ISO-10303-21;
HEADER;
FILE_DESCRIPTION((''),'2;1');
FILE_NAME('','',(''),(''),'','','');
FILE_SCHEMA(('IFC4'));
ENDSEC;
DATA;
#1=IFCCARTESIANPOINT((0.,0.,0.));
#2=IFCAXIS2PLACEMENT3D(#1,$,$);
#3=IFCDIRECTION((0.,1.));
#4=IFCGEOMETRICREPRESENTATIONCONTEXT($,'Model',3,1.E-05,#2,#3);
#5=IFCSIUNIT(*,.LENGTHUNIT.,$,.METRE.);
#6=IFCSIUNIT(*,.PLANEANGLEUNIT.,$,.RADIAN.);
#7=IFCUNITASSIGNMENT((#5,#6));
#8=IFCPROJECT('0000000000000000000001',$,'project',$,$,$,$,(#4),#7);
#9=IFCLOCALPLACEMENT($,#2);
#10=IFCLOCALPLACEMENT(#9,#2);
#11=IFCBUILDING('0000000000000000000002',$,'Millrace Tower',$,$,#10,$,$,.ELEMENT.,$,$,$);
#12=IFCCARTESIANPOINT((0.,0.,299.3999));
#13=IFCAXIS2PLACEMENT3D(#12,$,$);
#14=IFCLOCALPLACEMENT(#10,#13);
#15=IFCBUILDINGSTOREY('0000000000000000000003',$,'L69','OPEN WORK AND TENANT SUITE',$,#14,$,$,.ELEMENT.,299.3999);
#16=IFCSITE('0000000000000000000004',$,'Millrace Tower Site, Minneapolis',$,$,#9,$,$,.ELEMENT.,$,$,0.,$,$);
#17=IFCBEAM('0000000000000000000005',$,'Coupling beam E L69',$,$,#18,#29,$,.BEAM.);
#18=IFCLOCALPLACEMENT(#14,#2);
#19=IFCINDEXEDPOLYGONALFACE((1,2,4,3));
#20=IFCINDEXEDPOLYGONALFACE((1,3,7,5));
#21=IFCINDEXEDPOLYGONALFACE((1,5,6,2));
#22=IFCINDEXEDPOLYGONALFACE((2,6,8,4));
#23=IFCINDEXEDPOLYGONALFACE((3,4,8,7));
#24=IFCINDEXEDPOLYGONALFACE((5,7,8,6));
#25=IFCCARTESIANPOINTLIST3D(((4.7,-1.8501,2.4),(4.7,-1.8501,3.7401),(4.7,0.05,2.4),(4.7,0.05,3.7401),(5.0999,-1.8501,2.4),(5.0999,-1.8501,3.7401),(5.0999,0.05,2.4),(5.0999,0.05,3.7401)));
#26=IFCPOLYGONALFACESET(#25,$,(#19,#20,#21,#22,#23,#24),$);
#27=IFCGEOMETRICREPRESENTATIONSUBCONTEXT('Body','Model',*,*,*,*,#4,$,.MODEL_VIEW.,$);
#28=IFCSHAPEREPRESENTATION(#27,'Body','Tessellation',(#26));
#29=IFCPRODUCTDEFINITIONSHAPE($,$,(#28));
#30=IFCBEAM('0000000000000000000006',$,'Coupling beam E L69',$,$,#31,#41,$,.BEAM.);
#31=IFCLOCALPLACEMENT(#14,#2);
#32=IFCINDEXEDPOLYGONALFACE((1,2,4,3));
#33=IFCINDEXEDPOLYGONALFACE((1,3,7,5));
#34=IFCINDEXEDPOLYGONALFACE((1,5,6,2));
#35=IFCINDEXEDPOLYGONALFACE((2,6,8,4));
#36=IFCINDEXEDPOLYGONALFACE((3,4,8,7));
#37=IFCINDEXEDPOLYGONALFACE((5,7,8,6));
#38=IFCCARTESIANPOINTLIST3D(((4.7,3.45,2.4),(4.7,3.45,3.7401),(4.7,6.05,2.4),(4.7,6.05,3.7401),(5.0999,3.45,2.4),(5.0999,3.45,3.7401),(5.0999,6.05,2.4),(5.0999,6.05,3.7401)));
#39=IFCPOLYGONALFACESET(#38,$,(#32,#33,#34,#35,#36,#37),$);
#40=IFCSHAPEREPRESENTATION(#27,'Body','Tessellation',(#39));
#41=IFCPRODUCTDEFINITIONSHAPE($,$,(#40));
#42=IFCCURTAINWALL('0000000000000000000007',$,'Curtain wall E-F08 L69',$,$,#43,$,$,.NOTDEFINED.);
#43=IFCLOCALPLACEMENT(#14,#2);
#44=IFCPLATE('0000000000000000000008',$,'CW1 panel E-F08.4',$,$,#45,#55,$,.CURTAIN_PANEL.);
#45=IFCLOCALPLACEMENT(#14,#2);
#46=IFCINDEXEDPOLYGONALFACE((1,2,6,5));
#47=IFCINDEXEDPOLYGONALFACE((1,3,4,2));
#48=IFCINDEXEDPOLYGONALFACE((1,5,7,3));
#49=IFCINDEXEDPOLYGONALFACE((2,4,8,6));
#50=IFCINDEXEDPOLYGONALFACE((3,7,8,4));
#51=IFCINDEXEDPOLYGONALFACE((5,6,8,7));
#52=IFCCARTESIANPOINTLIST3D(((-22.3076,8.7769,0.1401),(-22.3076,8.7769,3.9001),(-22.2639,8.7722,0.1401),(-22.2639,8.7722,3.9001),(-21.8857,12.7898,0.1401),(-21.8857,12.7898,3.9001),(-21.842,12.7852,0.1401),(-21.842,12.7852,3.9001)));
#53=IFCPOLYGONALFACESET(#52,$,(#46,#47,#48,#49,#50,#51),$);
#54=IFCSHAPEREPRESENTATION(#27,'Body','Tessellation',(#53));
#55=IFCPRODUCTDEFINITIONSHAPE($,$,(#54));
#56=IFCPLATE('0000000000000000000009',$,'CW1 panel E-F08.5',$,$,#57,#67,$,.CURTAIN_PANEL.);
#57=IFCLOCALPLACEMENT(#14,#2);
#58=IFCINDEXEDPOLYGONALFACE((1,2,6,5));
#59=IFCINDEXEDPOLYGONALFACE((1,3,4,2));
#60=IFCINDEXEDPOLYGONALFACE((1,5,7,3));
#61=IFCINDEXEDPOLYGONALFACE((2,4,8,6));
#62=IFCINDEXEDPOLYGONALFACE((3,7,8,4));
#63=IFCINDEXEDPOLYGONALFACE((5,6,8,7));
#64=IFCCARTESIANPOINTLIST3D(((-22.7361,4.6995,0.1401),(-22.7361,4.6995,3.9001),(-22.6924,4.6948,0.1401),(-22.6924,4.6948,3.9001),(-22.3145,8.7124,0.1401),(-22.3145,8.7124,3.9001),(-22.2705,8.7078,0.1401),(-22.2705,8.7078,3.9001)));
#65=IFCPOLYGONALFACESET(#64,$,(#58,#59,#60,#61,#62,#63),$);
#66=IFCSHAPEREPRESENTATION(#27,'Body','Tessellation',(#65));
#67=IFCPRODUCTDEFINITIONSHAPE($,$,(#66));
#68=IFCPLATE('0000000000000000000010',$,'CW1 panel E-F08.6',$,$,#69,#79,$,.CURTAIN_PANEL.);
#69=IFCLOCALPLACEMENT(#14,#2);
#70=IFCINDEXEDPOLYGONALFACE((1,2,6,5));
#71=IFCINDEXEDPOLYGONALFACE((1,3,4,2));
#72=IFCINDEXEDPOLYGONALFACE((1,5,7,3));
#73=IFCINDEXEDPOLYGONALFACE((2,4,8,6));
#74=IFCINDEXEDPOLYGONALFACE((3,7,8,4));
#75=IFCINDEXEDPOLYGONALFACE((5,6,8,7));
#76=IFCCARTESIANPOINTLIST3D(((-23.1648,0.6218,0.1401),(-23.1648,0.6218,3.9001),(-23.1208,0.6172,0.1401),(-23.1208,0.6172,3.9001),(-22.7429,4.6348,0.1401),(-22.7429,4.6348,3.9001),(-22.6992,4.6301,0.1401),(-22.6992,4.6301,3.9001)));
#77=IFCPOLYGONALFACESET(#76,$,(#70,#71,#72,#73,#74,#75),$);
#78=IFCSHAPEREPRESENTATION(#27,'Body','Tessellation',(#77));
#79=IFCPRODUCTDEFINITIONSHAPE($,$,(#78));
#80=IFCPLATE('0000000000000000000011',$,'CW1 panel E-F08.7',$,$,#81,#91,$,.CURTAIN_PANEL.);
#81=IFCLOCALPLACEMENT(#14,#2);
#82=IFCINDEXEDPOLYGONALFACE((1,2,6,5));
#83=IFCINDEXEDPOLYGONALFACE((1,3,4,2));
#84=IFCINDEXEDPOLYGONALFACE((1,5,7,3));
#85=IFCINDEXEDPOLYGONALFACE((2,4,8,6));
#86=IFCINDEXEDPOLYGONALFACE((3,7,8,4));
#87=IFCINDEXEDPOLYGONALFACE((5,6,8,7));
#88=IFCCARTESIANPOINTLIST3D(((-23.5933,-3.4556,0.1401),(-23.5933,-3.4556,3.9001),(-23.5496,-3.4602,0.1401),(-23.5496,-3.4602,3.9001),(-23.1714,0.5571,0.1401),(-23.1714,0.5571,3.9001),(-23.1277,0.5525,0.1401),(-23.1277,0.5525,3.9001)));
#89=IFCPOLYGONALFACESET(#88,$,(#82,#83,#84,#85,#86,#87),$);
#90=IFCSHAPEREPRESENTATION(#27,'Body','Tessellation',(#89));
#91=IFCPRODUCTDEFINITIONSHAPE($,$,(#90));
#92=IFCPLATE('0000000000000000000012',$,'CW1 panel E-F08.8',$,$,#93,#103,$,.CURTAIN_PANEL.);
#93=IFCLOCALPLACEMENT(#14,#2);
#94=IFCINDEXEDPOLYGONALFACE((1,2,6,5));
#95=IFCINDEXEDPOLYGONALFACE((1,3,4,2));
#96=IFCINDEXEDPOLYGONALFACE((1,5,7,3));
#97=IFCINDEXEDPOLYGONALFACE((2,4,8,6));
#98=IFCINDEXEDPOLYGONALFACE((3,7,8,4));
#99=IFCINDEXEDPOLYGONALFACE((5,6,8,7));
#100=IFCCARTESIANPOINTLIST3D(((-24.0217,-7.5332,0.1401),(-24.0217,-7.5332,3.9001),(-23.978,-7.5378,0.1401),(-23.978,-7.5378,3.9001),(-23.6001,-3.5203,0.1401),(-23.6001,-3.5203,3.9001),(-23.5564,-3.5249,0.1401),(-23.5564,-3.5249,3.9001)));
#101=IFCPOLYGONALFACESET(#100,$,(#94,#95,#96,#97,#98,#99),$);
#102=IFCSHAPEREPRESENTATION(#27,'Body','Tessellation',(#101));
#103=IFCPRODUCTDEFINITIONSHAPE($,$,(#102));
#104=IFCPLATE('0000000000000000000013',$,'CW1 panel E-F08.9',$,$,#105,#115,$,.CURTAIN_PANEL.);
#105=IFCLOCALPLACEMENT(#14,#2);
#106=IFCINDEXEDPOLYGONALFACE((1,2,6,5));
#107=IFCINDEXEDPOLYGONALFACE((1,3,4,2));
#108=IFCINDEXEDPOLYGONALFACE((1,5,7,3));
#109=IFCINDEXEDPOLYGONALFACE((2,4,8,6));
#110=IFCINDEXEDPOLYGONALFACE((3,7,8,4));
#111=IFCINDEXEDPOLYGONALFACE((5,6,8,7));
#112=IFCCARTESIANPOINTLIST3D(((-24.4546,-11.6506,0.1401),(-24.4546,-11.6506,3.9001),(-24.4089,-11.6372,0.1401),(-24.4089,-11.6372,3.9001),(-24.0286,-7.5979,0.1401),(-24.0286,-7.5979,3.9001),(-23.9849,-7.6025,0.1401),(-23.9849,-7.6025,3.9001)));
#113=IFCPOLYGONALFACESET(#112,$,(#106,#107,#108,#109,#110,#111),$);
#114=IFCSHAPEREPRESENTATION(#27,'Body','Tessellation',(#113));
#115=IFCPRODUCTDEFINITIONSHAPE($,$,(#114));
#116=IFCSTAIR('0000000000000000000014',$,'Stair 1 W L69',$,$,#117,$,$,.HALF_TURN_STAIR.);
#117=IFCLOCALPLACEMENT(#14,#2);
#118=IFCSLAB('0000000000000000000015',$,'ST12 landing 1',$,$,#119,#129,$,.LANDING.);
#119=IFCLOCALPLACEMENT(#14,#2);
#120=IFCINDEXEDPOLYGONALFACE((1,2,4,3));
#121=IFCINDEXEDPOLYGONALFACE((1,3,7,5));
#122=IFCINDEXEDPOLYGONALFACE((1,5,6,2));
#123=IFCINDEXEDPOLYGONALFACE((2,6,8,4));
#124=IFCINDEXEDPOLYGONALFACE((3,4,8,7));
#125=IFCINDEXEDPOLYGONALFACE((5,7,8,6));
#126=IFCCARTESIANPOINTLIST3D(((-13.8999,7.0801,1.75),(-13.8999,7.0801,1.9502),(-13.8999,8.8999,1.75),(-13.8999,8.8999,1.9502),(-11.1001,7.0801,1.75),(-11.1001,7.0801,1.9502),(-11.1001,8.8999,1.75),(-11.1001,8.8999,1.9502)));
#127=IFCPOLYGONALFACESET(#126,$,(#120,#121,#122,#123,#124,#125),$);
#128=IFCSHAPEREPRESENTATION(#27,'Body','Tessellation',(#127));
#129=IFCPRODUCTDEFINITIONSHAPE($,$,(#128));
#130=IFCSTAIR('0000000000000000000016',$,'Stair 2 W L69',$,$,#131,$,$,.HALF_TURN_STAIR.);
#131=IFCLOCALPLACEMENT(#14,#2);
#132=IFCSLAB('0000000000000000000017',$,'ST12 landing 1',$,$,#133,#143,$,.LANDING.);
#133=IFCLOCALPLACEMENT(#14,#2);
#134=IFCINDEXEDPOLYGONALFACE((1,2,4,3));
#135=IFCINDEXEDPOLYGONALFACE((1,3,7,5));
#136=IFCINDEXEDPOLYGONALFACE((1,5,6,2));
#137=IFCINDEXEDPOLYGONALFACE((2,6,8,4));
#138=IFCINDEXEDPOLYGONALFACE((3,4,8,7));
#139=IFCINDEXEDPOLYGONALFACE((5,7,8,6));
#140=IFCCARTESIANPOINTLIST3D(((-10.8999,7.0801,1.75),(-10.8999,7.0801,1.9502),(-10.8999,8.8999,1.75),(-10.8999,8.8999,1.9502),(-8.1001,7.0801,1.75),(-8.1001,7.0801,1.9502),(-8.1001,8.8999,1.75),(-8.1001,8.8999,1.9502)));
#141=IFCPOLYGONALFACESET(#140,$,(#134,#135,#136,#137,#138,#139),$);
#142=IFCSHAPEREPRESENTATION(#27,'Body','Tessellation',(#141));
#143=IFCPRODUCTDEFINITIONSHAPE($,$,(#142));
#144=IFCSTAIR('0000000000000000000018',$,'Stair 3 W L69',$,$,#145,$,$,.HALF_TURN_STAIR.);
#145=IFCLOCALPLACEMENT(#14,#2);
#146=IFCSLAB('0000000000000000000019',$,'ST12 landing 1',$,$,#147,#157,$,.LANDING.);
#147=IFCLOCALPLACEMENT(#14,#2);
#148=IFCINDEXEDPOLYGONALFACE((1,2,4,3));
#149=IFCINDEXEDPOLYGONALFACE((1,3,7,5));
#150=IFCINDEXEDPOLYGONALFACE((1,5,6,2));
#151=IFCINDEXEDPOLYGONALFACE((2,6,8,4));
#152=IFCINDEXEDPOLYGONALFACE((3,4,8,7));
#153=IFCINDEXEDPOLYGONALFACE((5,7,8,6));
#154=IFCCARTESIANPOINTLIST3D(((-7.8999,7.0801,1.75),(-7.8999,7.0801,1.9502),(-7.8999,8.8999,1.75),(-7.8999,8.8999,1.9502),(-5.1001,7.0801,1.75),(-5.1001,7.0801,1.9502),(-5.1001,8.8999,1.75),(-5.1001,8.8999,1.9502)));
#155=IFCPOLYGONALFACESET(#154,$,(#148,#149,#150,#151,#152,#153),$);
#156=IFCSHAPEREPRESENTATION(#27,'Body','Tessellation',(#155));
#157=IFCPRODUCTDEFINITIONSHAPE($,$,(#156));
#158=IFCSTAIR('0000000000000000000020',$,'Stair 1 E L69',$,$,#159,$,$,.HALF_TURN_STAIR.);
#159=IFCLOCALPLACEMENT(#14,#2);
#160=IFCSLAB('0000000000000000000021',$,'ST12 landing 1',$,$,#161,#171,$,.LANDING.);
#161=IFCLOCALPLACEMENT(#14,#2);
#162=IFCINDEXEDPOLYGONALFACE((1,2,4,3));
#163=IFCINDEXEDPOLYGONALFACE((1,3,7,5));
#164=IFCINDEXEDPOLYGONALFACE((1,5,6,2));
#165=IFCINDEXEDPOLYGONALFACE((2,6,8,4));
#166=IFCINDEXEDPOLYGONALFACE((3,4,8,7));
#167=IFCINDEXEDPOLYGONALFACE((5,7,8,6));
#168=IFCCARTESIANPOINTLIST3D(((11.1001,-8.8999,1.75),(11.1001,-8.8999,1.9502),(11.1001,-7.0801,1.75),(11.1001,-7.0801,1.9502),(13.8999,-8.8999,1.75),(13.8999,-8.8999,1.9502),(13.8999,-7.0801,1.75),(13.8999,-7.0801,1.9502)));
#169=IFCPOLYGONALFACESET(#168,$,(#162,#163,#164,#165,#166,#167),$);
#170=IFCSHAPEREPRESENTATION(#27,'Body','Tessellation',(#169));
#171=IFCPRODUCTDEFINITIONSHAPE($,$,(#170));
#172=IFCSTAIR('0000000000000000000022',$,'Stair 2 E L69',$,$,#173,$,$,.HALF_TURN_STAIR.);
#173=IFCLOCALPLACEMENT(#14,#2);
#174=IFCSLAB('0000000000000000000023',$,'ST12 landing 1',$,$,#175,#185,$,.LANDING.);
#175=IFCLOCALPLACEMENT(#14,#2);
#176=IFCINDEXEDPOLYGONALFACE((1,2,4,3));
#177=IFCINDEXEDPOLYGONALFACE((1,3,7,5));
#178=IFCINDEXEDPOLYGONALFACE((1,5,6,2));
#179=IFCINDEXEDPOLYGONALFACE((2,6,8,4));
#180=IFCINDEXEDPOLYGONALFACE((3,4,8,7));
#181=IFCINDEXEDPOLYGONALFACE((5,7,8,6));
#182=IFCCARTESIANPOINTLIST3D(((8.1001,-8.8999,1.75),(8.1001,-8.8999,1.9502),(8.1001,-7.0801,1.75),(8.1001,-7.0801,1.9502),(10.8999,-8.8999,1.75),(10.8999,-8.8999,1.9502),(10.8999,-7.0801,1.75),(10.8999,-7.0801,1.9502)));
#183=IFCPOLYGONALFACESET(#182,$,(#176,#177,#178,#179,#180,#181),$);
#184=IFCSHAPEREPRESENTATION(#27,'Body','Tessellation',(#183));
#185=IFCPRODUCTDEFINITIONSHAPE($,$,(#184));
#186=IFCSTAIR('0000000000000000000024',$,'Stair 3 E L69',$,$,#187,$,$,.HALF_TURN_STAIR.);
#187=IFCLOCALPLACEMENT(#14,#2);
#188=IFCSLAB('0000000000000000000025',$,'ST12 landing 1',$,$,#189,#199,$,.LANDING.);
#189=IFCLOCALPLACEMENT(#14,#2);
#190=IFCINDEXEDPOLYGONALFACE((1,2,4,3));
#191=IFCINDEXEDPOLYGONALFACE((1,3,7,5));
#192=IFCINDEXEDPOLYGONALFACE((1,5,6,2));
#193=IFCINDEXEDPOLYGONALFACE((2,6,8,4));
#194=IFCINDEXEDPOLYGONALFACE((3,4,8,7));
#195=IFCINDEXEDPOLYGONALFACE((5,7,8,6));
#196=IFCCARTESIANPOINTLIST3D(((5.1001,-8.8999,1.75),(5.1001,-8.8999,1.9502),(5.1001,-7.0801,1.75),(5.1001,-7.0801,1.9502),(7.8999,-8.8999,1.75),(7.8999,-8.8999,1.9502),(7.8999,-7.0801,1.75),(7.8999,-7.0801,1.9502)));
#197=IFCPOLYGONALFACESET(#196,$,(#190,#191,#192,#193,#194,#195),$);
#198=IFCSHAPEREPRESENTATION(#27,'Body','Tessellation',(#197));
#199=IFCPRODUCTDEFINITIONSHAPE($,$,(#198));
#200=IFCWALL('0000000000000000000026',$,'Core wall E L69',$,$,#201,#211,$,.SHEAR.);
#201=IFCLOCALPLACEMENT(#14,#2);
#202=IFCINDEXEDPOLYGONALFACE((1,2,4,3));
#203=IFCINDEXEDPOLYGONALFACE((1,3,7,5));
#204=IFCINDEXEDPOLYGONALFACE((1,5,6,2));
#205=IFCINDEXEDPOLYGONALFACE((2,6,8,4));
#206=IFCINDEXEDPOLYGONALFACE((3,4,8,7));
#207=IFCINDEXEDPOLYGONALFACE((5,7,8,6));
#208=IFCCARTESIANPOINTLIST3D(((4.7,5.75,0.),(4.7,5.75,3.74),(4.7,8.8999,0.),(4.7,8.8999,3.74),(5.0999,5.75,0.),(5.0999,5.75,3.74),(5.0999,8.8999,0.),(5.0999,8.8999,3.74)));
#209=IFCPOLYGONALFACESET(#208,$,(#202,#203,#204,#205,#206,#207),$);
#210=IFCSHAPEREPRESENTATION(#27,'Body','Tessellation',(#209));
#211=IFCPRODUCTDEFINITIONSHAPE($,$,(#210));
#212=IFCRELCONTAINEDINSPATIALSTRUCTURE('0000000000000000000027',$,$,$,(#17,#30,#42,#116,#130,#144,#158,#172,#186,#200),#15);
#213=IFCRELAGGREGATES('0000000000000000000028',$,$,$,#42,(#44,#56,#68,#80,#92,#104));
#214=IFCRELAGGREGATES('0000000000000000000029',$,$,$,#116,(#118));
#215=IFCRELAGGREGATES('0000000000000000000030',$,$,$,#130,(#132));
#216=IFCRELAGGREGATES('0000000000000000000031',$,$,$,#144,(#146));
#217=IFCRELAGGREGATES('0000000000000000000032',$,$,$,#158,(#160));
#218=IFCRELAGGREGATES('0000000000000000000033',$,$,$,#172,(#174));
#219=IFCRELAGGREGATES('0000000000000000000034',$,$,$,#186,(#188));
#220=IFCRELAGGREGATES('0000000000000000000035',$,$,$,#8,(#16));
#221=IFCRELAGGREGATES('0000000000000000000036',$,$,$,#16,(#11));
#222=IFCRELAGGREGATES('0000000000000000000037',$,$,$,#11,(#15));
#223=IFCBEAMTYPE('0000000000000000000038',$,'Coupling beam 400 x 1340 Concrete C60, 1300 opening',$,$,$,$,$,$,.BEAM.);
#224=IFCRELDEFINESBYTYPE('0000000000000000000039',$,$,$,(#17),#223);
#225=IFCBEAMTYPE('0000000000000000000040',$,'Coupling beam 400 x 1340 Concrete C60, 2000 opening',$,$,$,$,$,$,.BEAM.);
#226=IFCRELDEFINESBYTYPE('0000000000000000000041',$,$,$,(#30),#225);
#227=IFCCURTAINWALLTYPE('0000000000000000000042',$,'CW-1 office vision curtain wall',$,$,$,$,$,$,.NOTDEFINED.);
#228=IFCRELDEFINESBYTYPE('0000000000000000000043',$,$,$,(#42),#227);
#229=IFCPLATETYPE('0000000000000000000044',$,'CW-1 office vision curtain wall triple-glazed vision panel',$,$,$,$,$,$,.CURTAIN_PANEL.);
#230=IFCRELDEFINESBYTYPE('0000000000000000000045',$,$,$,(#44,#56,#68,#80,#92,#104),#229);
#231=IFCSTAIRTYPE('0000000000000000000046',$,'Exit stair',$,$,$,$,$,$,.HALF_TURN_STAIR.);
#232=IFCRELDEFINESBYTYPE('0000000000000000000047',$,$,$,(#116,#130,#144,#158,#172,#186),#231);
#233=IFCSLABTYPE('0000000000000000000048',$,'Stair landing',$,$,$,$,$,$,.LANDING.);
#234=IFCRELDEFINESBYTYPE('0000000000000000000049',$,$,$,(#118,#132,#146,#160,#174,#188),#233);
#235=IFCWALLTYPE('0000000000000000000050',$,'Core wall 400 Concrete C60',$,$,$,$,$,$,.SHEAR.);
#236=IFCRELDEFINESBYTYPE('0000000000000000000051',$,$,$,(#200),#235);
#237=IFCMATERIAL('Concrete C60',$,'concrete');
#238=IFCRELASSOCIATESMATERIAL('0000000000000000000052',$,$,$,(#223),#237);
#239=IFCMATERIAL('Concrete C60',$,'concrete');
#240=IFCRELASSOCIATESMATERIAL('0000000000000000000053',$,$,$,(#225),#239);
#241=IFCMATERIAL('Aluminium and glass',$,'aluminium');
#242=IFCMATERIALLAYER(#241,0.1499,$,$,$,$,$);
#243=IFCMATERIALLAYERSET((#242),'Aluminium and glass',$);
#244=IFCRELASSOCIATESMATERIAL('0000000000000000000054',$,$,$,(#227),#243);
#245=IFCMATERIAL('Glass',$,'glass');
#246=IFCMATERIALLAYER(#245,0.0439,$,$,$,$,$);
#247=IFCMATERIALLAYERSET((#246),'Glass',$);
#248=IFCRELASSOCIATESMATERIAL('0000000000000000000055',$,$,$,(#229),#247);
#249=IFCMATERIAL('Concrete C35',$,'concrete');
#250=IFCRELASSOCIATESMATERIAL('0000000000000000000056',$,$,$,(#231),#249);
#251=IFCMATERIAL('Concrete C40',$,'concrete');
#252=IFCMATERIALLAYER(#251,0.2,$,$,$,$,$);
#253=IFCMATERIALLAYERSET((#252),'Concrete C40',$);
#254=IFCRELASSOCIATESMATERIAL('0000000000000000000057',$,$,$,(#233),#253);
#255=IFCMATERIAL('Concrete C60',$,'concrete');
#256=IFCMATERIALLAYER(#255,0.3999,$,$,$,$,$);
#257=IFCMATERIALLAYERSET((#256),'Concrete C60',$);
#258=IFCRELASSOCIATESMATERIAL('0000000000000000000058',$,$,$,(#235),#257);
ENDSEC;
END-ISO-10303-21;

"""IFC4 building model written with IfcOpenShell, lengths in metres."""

from ifc_helpers import new_model, si_unit, direction, frame, frame_2d, origin, origin_2d, place, context, subcontext, project, spatial, polyline, rectangle, outline, extrude, material, layer, layer_set, material_profile, profile_set, type_object, element, aggregate, save


model = new_model("IFC4")

# Units and contexts
model_context = context("Model", 3, precision=1e-05, world=origin(), true_north=direction((0.0, 1.0)))
body_context = subcontext(model_context, "Body", "Model", "MODEL_VIEW")
ifc_project = project(units=[si_unit("LENGTHUNIT", "METRE"), si_unit("PLANEANGLEUNIT", "RADIAN")], contexts=[model_context])

# Site, building, storey
site_placement = place(None, origin())
site = spatial("IfcSite", under=ifc_project, at=site_placement, Name="Millrace Tower Site, Minneapolis", CompositionType="ELEMENT", RefElevation=0.0)
building_placement = place(site_placement, origin())
building = spatial("IfcBuilding", under=site, at=building_placement, Name="Millrace Tower", CompositionType="ELEMENT")
storey_placement = place(building_placement, frame((0.0, 0.0, 299.3999)))
storey = spatial("IfcBuildingStorey", under=building, at=storey_placement, Name="L69", Description="OPEN WORK AND TENANT SUITE", CompositionType="ELEMENT", Elevation=299.3999)

# Beams
ifc_material_1 = material(Name="Concrete C60", Category="concrete")
ifc_material_profile_1 = material_profile(ifc_material_1, rectangle(XDim=0.3999, YDim=1.3401, at=origin_2d()))
ifc_profile_set_1 = profile_set([ifc_material_profile_1], Name="Concrete C60")
beam_type_1 = type_object("IfcBeamType", Name="Coupling beam 400 x 1340 Concrete C60, 1300 opening", PredefinedType="BEAM", material=ifc_profile_set_1)
beam_1_placement = place(storey_placement, frame((4.8999, 0.05, 3.0701), z_axis=(0.0, -1.0, 0.0), x_axis=(1.0, 0.0, 0.0)))
element("IfcBeam", 1, at=beam_1_placement, inside=storey, type_object=beam_type_1, Name="Coupling beam E L69", PredefinedType="BEAM", context=body_context, shape_type="SweptSolid", body=[
    extrude(rectangle(XDim=0.3999, YDim=1.3401, at=origin_2d()), origin(), (0.0, 0.0, 1.0), 1.9001),
])
ifc_material_2 = material(Name="Concrete C60", Category="concrete")
ifc_material_profile_2 = material_profile(ifc_material_2, rectangle(XDim=0.3999, YDim=1.3401, at=origin_2d()))
ifc_profile_set_2 = profile_set([ifc_material_profile_2], Name="Concrete C60")
beam_type_2 = type_object("IfcBeamType", Name="Coupling beam 400 x 1340 Concrete C60, 2000 opening", PredefinedType="BEAM", material=ifc_profile_set_2)
beam_2_placement = place(storey_placement, frame((4.8999, 6.05, 3.0701), z_axis=(0.0, -1.0, 0.0), x_axis=(1.0, 0.0, 0.0)))
element("IfcBeam", 2, at=beam_2_placement, inside=storey, type_object=beam_type_2, Name="Coupling beam E L69", PredefinedType="BEAM", context=body_context, shape_type="SweptSolid", body=[
    extrude(rectangle(XDim=0.3999, YDim=1.3401, at=origin_2d()), origin(), (0.0, 0.0, 1.0), 2.6001),
])

# Curtain wall, plates
ifc_material_3 = material(Name="Aluminium and glass", Category="aluminium")
ifc_layer_1 = layer(ifc_material_3, 0.1499)
ifc_layer_set_1 = layer_set([ifc_layer_1], Name="Aluminium and glass")
curtain_wall_type = type_object("IfcCurtainWallType", Name="CW-1 office vision curtain wall", PredefinedType="NOTDEFINED", material=ifc_layer_set_1)
placement_1 = place(storey_placement, origin())
curtain_wall = element("IfcCurtainWall", 3, at=placement_1, inside=storey, type_object=curtain_wall_type, Name="Curtain wall E-F08 L69", PredefinedType="NOTDEFINED")
ifc_material_4 = material(Name="Glass", Category="glass")
ifc_layer_2 = layer(ifc_material_4, 0.0439)
ifc_layer_set_2 = layer_set([ifc_layer_2], Name="Glass")
plate_type = type_object("IfcPlateType", Name="CW-1 office vision curtain wall triple-glazed vision panel", PredefinedType="CURTAIN_PANEL", material=ifc_layer_set_2)
placement_2 = place(storey_placement, frame((0.0, 0.0, 0.1401)))
plate_1 = element("IfcPlate", 4, at=placement_2, type_object=plate_type, Name="CW1 panel E-F08.4", PredefinedType="CURTAIN_PANEL", context=body_context, shape_type="SweptSolid", body=[
    extrude(outline(polyline([(-21.8857, 12.7898), (-22.3076, 8.7769), (-22.2639, 8.7722), (-21.842, 12.7852), (-21.8857, 12.7898)])), origin(), (0.0, 0.0, 1.0), 3.76),
])
plate_2 = element("IfcPlate", 5, at=placement_2, type_object=plate_type, Name="CW1 panel E-F08.5", PredefinedType="CURTAIN_PANEL", context=body_context, shape_type="SweptSolid", body=[
    extrude(outline(polyline([(-22.3145, 8.7124), (-22.7361, 4.6995), (-22.6924, 4.6948), (-22.2705, 8.7078), (-22.3145, 8.7124)])), origin(), (0.0, 0.0, 1.0), 3.76),
])
plate_3 = element("IfcPlate", 6, at=placement_2, type_object=plate_type, Name="CW1 panel E-F08.6", PredefinedType="CURTAIN_PANEL", context=body_context, shape_type="SweptSolid", body=[
    extrude(outline(polyline([(-22.7429, 4.6348), (-23.1648, 0.6218), (-23.1208, 0.6172), (-22.6992, 4.6301), (-22.7429, 4.6348)])), origin(), (0.0, 0.0, 1.0), 3.76),
])
plate_4 = element("IfcPlate", 7, at=placement_2, type_object=plate_type, Name="CW1 panel E-F08.7", PredefinedType="CURTAIN_PANEL", context=body_context, shape_type="SweptSolid", body=[
    extrude(outline(polyline([(-23.1714, 0.5571), (-23.5933, -3.4556), (-23.5496, -3.4602), (-23.1277, 0.5525), (-23.1714, 0.5571)])), origin(), (0.0, 0.0, 1.0), 3.76),
])
plate_5 = element("IfcPlate", 8, at=placement_2, type_object=plate_type, Name="CW1 panel E-F08.8", PredefinedType="CURTAIN_PANEL", context=body_context, shape_type="SweptSolid", body=[
    extrude(outline(polyline([(-23.6001, -3.5203), (-24.0217, -7.5332), (-23.978, -7.5378), (-23.5564, -3.5249), (-23.6001, -3.5203)])), origin(), (0.0, 0.0, 1.0), 3.76),
])
plate_6 = element("IfcPlate", 9, at=placement_2, type_object=plate_type, Name="CW1 panel E-F08.9", PredefinedType="CURTAIN_PANEL", context=body_context, shape_type="SweptSolid", body=[
    extrude(outline(polyline([(-24.0286, -7.5979), (-24.4546, -11.6506), (-24.4089, -11.6372), (-23.9849, -7.6025), (-24.0286, -7.5979)])), origin(), (0.0, 0.0, 1.0), 3.76),
])
aggregate(curtain_wall, [plate_1, plate_2, plate_3, plate_4, plate_5, plate_6])

# Stairs, slabs
ifc_material_5 = material(Name="Concrete C35", Category="concrete")
stair_type = type_object("IfcStairType", Name="Exit stair", PredefinedType="HALF_TURN_STAIR", material=ifc_material_5)
stair_1 = element("IfcStair", 10, at=placement_1, inside=storey, type_object=stair_type, Name="Stair 1 W L69", PredefinedType="HALF_TURN_STAIR")
ifc_material_6 = material(Name="Concrete C40", Category="concrete")
ifc_layer_3 = layer(ifc_material_6, 0.2)
ifc_layer_set_3 = layer_set([ifc_layer_3], Name="Concrete C40")
slab_type = type_object("IfcSlabType", Name="Stair landing", PredefinedType="LANDING", material=ifc_layer_set_3)
placement_3 = place(storey_placement, frame((0.0, 0.0, 1.75)))
slab_1 = element("IfcSlab", 11, at=placement_3, type_object=slab_type, Name="ST12 landing 1", PredefinedType="LANDING", context=body_context, shape_type="SweptSolid", body=[
    extrude(outline(polyline([(-13.8999, 7.0801), (-11.1001, 7.0801), (-11.1001, 8.8999), (-13.8999, 8.8999), (-13.8999, 7.0801)])), origin(), (0.0, 0.0, 1.0), 0.2002),
])
aggregate(stair_1, [slab_1])
stair_2 = element("IfcStair", 12, at=placement_1, inside=storey, type_object=stair_type, Name="Stair 2 W L69", PredefinedType="HALF_TURN_STAIR")
slab_2 = element("IfcSlab", 13, at=placement_3, type_object=slab_type, Name="ST12 landing 1", PredefinedType="LANDING", context=body_context, shape_type="SweptSolid", body=[
    extrude(outline(polyline([(-10.8999, 7.0801), (-8.1001, 7.0801), (-8.1001, 8.8999), (-10.8999, 8.8999), (-10.8999, 7.0801)])), origin(), (0.0, 0.0, 1.0), 0.2002),
])
aggregate(stair_2, [slab_2])
stair_3 = element("IfcStair", 14, at=placement_1, inside=storey, type_object=stair_type, Name="Stair 3 W L69", PredefinedType="HALF_TURN_STAIR")
slab_3 = element("IfcSlab", 15, at=placement_3, type_object=slab_type, Name="ST12 landing 1", PredefinedType="LANDING", context=body_context, shape_type="SweptSolid", body=[
    extrude(outline(polyline([(-7.8999, 7.0801), (-5.1001, 7.0801), (-5.1001, 8.8999), (-7.8999, 8.8999), (-7.8999, 7.0801)])), origin(), (0.0, 0.0, 1.0), 0.2002),
])
aggregate(stair_3, [slab_3])
stair_4 = element("IfcStair", 16, at=placement_1, inside=storey, type_object=stair_type, Name="Stair 1 E L69", PredefinedType="HALF_TURN_STAIR")
slab_4 = element("IfcSlab", 17, at=placement_3, type_object=slab_type, Name="ST12 landing 1", PredefinedType="LANDING", context=body_context, shape_type="SweptSolid", body=[
    extrude(outline(polyline([(11.1001, -8.8999), (13.8999, -8.8999), (13.8999, -7.0801), (11.1001, -7.0801), (11.1001, -8.8999)])), origin(), (0.0, 0.0, 1.0), 0.2002),
])
aggregate(stair_4, [slab_4])
stair_5 = element("IfcStair", 18, at=placement_1, inside=storey, type_object=stair_type, Name="Stair 2 E L69", PredefinedType="HALF_TURN_STAIR")
slab_5 = element("IfcSlab", 19, at=placement_3, type_object=slab_type, Name="ST12 landing 1", PredefinedType="LANDING", context=body_context, shape_type="SweptSolid", body=[
    extrude(outline(polyline([(8.1001, -8.8999), (10.8999, -8.8999), (10.8999, -7.0801), (8.1001, -7.0801), (8.1001, -8.8999)])), origin(), (0.0, 0.0, 1.0), 0.2002),
])
aggregate(stair_5, [slab_5])
stair_6 = element("IfcStair", 20, at=placement_1, inside=storey, type_object=stair_type, Name="Stair 3 E L69", PredefinedType="HALF_TURN_STAIR")
slab_6 = element("IfcSlab", 21, at=placement_3, type_object=slab_type, Name="ST12 landing 1", PredefinedType="LANDING", context=body_context, shape_type="SweptSolid", body=[
    extrude(outline(polyline([(5.1001, -8.8999), (7.8999, -8.8999), (7.8999, -7.0801), (5.1001, -7.0801), (5.1001, -8.8999)])), origin(), (0.0, 0.0, 1.0), 0.2002),
])
aggregate(stair_6, [slab_6])

# Wall
ifc_material_7 = material(Name="Concrete C60", Category="concrete")
ifc_layer_4 = layer(ifc_material_7, 0.3999)
ifc_layer_set_4 = layer_set([ifc_layer_4], Name="Concrete C60")
wall_type_1 = type_object("IfcWallType", Name="Core wall 400 Concrete C60", PredefinedType="SHEAR", material=ifc_layer_set_4)
wall_1_placement = place(storey_placement, frame((4.8999, 8.8999, 0.0), z_axis=(0.0, 0.0, 1.0), x_axis=(0.0, -1.0, 0.0)))
element("IfcWall", 22, at=wall_1_placement, inside=storey, type_object=wall_type_1, Name="Core wall E L69", PredefinedType="SHEAR", context=body_context, shape_type="SweptSolid", body=[
    extrude(rectangle(XDim=3.1499, YDim=0.3999, at=frame_2d((1.575, 0.0))), origin(), (0.0, 0.0, 1.0), 3.74),
])

save(model, "model.ifc")
